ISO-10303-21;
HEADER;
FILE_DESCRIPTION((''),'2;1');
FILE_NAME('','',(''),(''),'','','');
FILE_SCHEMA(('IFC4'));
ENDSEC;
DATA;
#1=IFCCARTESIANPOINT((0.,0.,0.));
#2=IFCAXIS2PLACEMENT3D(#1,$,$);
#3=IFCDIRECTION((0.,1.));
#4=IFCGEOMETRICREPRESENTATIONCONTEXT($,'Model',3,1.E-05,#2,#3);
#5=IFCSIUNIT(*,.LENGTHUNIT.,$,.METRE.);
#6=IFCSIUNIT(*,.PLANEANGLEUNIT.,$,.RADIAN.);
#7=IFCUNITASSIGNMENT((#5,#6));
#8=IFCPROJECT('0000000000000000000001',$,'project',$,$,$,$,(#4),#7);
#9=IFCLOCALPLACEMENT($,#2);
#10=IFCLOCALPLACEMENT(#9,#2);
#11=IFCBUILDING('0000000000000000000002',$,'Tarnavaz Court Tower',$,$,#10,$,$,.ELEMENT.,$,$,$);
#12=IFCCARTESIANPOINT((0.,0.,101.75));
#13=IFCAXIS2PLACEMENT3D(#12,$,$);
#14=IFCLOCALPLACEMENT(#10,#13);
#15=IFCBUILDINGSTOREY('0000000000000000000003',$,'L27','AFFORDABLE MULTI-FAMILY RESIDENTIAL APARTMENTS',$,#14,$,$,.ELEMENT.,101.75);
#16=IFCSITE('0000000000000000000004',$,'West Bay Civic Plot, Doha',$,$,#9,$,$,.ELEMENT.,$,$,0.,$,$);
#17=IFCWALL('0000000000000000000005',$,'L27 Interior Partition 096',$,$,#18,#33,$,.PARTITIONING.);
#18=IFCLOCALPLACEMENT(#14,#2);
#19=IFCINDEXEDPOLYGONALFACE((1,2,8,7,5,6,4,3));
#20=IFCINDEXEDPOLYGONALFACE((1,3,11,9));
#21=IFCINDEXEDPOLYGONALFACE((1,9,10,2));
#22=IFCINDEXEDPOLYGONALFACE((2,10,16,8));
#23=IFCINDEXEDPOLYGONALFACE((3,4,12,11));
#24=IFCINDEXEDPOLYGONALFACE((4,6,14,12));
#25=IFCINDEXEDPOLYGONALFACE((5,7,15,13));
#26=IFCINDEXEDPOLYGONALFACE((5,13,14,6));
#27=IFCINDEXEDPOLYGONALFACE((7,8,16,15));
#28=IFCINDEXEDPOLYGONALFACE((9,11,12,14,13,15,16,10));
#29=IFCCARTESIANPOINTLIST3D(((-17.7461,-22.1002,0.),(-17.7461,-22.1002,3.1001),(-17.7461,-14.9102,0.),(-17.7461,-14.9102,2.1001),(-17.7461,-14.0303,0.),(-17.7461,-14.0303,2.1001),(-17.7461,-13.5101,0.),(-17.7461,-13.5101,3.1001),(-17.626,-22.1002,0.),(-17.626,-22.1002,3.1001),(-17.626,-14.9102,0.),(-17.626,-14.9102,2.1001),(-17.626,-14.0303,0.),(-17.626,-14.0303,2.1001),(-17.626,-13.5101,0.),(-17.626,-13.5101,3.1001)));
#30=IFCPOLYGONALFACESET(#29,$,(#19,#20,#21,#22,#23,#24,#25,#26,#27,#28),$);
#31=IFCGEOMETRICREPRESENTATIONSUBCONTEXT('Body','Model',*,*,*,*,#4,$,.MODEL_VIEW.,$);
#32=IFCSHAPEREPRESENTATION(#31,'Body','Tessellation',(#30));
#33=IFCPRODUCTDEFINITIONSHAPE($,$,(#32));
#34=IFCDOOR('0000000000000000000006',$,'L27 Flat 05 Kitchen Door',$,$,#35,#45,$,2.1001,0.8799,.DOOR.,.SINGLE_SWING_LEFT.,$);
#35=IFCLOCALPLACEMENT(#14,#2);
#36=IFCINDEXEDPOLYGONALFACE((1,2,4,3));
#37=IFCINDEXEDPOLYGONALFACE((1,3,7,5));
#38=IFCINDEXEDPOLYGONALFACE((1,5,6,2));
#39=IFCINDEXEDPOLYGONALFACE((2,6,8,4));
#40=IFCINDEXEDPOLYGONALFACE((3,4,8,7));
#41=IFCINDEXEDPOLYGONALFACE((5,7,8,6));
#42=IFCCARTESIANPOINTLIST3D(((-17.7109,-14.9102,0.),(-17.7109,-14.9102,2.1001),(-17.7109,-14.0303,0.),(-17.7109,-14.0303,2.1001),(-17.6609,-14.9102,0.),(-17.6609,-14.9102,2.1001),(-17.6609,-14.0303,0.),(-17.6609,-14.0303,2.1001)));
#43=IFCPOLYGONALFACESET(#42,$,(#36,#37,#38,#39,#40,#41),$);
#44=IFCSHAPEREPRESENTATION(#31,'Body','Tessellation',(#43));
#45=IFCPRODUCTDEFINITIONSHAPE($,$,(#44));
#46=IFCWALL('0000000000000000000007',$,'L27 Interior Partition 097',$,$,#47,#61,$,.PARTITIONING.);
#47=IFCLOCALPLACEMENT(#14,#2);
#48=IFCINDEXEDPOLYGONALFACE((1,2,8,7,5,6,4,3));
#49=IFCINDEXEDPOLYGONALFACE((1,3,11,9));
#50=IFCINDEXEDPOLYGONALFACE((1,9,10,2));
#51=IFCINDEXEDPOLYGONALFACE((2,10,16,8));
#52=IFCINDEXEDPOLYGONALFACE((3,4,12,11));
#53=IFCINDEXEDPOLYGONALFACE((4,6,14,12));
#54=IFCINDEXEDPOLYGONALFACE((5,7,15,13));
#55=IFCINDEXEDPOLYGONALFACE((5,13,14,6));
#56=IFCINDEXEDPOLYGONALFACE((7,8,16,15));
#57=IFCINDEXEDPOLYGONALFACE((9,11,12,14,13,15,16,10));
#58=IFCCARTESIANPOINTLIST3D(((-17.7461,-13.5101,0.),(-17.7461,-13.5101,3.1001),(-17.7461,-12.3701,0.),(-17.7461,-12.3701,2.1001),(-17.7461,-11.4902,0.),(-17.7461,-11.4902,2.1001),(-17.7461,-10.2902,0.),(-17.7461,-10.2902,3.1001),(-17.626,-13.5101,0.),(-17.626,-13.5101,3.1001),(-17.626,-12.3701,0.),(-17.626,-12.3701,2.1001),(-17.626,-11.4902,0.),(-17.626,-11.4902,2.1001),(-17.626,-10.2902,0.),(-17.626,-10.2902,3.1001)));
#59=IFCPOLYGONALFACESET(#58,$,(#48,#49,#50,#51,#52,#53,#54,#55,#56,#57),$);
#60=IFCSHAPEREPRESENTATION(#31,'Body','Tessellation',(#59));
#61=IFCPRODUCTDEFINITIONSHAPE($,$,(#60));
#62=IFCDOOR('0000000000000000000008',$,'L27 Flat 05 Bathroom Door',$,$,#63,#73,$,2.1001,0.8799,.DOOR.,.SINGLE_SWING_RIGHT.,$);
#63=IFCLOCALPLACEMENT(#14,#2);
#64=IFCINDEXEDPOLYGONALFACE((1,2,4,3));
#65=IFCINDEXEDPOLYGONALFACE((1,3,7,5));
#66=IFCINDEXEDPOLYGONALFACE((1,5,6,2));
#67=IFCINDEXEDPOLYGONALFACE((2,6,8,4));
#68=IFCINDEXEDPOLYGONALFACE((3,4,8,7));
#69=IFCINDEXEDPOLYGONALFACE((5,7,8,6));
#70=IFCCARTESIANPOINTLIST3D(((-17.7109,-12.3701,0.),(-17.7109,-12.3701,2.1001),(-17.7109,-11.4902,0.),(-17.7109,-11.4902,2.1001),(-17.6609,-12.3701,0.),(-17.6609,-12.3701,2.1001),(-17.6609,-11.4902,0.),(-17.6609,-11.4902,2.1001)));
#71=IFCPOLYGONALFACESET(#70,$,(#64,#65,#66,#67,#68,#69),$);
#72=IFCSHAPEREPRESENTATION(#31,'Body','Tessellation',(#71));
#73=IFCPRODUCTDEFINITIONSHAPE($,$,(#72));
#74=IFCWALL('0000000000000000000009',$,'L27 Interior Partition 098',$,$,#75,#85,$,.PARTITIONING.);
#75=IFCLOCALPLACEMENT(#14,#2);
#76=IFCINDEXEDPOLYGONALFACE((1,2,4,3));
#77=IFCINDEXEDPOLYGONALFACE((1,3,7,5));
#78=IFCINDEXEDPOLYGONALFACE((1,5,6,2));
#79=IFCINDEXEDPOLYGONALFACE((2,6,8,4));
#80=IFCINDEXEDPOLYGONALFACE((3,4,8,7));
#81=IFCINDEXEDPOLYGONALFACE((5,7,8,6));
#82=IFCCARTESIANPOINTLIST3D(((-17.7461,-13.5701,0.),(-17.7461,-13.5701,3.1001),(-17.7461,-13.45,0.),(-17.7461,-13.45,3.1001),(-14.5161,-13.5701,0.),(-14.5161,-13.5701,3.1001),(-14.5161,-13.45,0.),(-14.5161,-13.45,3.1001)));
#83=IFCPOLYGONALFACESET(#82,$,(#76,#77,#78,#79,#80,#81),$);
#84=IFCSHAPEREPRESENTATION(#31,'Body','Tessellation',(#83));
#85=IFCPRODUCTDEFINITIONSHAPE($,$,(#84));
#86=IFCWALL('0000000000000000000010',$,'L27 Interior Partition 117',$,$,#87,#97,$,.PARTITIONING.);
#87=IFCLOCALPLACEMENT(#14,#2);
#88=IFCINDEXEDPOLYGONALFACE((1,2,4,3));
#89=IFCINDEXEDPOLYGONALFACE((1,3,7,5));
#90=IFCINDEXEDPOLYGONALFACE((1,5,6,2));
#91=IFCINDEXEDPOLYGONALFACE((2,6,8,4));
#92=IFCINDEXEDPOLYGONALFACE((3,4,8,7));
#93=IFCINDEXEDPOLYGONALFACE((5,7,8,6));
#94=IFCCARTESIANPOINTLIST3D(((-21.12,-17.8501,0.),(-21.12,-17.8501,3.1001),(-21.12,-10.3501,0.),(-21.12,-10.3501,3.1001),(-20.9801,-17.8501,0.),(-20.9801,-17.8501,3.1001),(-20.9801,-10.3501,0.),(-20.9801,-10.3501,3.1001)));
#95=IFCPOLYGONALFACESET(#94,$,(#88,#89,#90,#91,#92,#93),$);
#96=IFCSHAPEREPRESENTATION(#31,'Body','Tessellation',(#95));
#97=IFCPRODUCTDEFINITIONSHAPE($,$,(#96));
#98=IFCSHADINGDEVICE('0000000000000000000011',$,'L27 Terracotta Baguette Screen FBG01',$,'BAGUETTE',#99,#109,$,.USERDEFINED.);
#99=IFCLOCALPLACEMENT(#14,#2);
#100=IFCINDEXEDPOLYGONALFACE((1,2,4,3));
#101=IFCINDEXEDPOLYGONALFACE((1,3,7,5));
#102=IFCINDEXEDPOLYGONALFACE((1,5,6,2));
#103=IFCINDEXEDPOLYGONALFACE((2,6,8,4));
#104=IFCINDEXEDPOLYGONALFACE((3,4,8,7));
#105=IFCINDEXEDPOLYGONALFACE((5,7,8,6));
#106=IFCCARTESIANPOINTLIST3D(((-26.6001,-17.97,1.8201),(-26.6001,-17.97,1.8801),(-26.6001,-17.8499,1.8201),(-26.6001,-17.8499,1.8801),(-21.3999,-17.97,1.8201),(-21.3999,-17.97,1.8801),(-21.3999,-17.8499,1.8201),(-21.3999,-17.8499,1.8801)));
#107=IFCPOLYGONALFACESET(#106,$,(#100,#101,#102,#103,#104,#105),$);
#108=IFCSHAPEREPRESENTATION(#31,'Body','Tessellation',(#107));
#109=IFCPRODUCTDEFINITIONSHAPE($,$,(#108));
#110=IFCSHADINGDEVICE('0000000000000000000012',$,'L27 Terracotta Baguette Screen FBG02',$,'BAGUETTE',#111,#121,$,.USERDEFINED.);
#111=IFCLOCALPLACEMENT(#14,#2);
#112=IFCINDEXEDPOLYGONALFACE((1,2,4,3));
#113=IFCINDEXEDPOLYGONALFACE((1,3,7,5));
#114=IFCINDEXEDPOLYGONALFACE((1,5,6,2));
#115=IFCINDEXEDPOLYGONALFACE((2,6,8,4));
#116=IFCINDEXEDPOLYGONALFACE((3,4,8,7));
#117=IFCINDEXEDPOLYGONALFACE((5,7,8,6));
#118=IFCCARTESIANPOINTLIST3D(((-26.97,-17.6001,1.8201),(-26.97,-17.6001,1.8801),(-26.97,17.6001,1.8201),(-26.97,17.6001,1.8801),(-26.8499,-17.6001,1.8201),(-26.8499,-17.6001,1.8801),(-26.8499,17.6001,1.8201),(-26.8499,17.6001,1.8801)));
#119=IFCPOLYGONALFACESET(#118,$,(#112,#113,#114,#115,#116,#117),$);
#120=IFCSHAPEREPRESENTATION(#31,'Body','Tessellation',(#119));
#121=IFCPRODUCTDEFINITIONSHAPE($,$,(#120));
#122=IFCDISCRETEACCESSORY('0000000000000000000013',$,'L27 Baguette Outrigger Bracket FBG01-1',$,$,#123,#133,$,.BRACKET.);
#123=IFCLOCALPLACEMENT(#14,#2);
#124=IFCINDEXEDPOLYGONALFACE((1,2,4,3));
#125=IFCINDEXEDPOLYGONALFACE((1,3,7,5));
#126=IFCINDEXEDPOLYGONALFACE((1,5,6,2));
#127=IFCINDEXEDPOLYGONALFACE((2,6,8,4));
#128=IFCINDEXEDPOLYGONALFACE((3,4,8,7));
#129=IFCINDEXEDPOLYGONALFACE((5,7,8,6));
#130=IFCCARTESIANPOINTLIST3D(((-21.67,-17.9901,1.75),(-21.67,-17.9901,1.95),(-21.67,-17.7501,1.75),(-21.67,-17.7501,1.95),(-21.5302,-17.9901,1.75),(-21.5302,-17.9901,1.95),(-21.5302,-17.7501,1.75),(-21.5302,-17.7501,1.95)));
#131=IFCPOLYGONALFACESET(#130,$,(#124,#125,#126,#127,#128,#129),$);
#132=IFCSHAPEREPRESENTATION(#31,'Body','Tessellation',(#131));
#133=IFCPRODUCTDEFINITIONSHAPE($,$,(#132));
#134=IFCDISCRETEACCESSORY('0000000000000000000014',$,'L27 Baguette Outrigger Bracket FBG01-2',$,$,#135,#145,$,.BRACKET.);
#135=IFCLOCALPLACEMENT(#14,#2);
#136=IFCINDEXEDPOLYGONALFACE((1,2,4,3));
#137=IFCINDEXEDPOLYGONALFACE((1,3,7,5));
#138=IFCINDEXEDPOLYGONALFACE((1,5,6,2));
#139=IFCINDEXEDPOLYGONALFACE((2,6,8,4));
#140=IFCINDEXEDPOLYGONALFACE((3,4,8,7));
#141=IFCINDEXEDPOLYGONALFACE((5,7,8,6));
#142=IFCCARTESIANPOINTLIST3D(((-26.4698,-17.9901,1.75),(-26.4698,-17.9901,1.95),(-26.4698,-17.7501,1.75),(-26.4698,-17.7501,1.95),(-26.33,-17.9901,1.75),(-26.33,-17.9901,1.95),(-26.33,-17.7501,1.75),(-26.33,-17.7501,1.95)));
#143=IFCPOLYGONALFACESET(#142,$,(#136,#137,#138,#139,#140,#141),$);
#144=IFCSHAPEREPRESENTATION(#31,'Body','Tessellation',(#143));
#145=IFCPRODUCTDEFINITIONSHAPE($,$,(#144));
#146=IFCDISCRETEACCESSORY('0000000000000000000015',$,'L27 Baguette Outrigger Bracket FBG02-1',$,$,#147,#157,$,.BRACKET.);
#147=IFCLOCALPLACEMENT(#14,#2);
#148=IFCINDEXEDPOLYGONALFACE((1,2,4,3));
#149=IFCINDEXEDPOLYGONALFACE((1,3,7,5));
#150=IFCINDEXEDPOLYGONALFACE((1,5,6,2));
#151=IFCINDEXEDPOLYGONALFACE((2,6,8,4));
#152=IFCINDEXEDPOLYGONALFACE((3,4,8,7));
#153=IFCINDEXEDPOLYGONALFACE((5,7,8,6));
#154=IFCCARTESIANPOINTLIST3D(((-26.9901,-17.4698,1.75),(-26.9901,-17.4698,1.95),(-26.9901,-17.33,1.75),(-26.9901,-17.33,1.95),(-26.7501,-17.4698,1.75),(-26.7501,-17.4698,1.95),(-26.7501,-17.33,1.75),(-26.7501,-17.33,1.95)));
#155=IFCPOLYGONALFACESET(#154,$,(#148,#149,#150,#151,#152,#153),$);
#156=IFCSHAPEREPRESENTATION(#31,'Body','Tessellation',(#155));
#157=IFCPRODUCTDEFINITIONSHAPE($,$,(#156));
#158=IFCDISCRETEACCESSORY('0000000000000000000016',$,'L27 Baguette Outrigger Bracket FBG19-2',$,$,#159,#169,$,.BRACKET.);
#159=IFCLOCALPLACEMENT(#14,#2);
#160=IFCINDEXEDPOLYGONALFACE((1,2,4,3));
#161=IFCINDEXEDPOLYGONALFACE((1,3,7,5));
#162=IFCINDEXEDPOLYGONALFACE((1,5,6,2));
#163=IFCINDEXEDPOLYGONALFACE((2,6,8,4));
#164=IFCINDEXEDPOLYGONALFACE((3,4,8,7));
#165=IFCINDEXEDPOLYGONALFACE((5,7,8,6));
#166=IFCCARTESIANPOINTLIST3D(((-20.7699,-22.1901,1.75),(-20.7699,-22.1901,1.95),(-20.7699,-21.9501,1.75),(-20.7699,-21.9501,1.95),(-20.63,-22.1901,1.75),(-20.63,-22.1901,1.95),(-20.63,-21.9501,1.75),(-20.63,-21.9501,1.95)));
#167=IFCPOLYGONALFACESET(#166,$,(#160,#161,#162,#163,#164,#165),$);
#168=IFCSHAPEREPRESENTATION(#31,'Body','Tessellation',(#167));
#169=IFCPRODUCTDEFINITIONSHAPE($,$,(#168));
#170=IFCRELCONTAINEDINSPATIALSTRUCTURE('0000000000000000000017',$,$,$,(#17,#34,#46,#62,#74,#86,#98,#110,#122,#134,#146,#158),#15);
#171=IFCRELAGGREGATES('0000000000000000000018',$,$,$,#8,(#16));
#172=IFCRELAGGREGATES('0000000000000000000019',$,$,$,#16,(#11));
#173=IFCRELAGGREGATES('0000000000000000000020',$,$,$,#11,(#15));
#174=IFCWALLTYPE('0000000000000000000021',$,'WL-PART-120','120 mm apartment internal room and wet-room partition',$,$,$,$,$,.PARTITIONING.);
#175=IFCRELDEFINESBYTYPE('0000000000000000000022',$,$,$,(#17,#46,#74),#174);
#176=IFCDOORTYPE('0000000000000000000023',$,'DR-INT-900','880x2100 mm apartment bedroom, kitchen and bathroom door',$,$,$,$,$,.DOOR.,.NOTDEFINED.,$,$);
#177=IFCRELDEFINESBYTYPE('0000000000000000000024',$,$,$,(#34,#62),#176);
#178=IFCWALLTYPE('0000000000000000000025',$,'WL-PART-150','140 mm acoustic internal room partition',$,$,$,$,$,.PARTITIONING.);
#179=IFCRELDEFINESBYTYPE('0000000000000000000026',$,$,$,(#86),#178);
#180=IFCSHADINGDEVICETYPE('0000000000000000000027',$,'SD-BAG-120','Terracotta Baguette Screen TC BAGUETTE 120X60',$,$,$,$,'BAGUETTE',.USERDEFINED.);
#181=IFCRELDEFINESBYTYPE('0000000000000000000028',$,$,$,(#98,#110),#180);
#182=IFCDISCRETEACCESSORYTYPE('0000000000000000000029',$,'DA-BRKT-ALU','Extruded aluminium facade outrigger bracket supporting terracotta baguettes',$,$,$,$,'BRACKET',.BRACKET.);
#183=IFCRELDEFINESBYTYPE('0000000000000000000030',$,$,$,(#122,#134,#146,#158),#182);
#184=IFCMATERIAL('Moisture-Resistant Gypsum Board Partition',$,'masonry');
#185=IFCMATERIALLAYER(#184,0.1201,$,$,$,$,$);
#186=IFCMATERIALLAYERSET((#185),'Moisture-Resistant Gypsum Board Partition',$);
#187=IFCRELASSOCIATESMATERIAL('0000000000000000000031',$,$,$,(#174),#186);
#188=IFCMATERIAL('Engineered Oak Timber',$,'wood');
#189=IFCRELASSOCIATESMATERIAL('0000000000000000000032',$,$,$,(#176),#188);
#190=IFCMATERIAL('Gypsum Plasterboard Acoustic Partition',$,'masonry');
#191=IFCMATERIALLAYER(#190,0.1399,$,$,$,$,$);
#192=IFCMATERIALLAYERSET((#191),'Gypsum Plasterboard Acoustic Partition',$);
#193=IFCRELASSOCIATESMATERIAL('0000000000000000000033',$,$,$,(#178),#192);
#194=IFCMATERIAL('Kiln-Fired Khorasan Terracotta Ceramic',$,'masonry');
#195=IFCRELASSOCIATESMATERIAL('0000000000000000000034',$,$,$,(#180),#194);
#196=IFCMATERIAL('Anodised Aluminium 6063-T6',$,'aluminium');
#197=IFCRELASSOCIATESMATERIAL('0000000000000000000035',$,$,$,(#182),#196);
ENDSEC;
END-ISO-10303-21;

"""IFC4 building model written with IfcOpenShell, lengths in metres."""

from ifc_helpers import new_model, si_unit, direction, frame, frame_2d, origin, origin_2d, place, context, subcontext, project, spatial, rectangle, extrude, material, layer, layer_set, material_profile, profile_set, type_object, element, fill, save


model = new_model("IFC4")

# Units and contexts
model_context = context("Model", 3, precision=1e-05, world=origin(), true_north=direction((0.0, 1.0)))
body_context = subcontext(model_context, "Body", "Model", "MODEL_VIEW")
ifc_project = project(units=[si_unit("LENGTHUNIT", "METRE"), si_unit("PLANEANGLEUNIT", "RADIAN")], contexts=[model_context])

# Site, building, storey
site_placement = place(None, origin())
site = spatial("IfcSite", under=ifc_project, at=site_placement, Name="West Bay Civic Plot, Doha", CompositionType="ELEMENT", RefElevation=0.0)
building_placement = place(site_placement, origin())
building = spatial("IfcBuilding", under=site, at=building_placement, Name="Tarnavaz Court Tower", CompositionType="ELEMENT")
storey_placement = place(building_placement, frame((0.0, 0.0, 101.75)))
storey = spatial("IfcBuildingStorey", under=building, at=storey_placement, Name="L27", Description="AFFORDABLE MULTI-FAMILY RESIDENTIAL APARTMENTS", CompositionType="ELEMENT", Elevation=101.75)

# Walls, openings, doors
ifc_material_1 = material(Name="Moisture-Resistant Gypsum Board Partition", Category="masonry")
ifc_layer_1 = layer(ifc_material_1, 0.1201)
ifc_layer_set_1 = layer_set([ifc_layer_1], Name="Moisture-Resistant Gypsum Board Partition")
wall_type_1 = type_object("IfcWallType", Name="WL-PART-120", Description="120 mm apartment internal room and wet-room partition", PredefinedType="PARTITIONING", material=ifc_layer_set_1)
wall_1_placement = place(storey_placement, frame((-17.686, -22.1001, 0.0), z_axis=(0.0, 0.0, 1.0), x_axis=(0.0, 1.0, 0.0)))
wall_1 = element("IfcWall", 1, at=wall_1_placement, inside=storey, type_object=wall_type_1, Name="L27 Interior Partition 096", PredefinedType="PARTITIONING", context=body_context, shape_type="SweptSolid", body=[
    extrude(rectangle(XDim=8.5901, YDim=0.1201, at=frame_2d((4.2949, 0.0))), origin(), (0.0, 0.0, 1.0), 3.1001),
])
opening_1_placement = place(wall_1_placement, frame((7.1899, 0.0, 0.0)))
opening_1 = element("IfcOpeningElement", 2, at=opening_1_placement, cuts=wall_1, PredefinedType="OPENING", context=body_context, shape_type="SweptSolid", body=[
    extrude(rectangle(XDim=0.8799, YDim=2.1001, at=frame_2d((0.4399, 1.05))), frame((0.0, 0.0701, 0.0), z_axis=(0.0, -1.0, 0.0), x_axis=(1.0, 0.0, 0.0)), (0.0, 0.0, 1.0), 0.1401),
])
ifc_material_2 = material(Name="Engineered Oak Timber", Category="wood")
door_type = type_object("IfcDoorType", Name="DR-INT-900", Description="880x2100 mm apartment bedroom, kitchen and bathroom door", OperationType="NOTDEFINED", PredefinedType="DOOR", material=ifc_material_2)
door_1_placement = place(opening_1_placement, origin())
door_1 = element("IfcDoor", 3, at=door_1_placement, inside=storey, type_object=door_type, Name="L27 Flat 05 Kitchen Door", OperationType="SINGLE_SWING_LEFT", OverallHeight=2.1001, OverallWidth=0.8799, PredefinedType="DOOR", context=body_context, shape_type="SweptSolid", body=[
    extrude(rectangle(XDim=0.8799, YDim=2.1001, at=frame_2d((0.4399, 1.05))), frame((0.0, 0.0249, 0.0), z_axis=(0.0, -1.0, 0.0), x_axis=(1.0, 0.0, 0.0)), (0.0, 0.0, 1.0), 0.05),
])
fill(opening_1, door_1)
wall_2_placement = place(storey_placement, frame((-17.686, -13.51, 0.0), z_axis=(0.0, 0.0, 1.0), x_axis=(0.0, 1.0, 0.0)))
wall_2 = element("IfcWall", 4, at=wall_2_placement, inside=storey, type_object=wall_type_1, Name="L27 Interior Partition 097", PredefinedType="PARTITIONING", context=body_context, shape_type="SweptSolid", body=[
    extrude(rectangle(XDim=3.22, YDim=0.1201, at=frame_2d((1.6099, 0.0))), origin(), (0.0, 0.0, 1.0), 3.1001),
])
opening_2_placement = place(wall_2_placement, frame((1.1399, 0.0, 0.0)))
opening_2 = element("IfcOpeningElement", 5, at=opening_2_placement, cuts=wall_2, PredefinedType="OPENING", context=body_context, shape_type="SweptSolid", body=[
    extrude(rectangle(XDim=0.8799, YDim=2.1001, at=frame_2d((0.4399, 1.05))), frame((0.0, 0.0701, 0.0), z_axis=(0.0, -1.0, 0.0), x_axis=(1.0, 0.0, 0.0)), (0.0, 0.0, 1.0), 0.1401),
])
door_2_placement = place(opening_2_placement, origin())
door_2 = element("IfcDoor", 6, at=door_2_placement, inside=storey, type_object=door_type, Name="L27 Flat 05 Bathroom Door", OperationType="SINGLE_SWING_RIGHT", OverallHeight=2.1001, OverallWidth=0.8799, PredefinedType="DOOR", context=body_context, shape_type="SweptSolid", body=[
    extrude(rectangle(XDim=0.8799, YDim=2.1001, at=frame_2d((0.4399, 1.05))), frame((0.0, 0.0249, 0.0), z_axis=(0.0, -1.0, 0.0), x_axis=(1.0, 0.0, 0.0)), (0.0, 0.0, 1.0), 0.05),
])
fill(opening_2, door_2)

# Walls
wall_3_placement = place(storey_placement, frame((-17.7461, -13.51, 0.0), z_axis=(0.0, 0.0, 1.0), x_axis=(1.0, 0.0, 0.0)))
element("IfcWall", 7, at=wall_3_placement, inside=storey, type_object=wall_type_1, Name="L27 Interior Partition 098", PredefinedType="PARTITIONING", context=body_context, shape_type="SweptSolid", body=[
    extrude(rectangle(XDim=3.23, YDim=0.1201, at=frame_2d((1.615, 0.0))), origin(), (0.0, 0.0, 1.0), 3.1001),
])
ifc_material_3 = material(Name="Gypsum Plasterboard Acoustic Partition", Category="masonry")
ifc_layer_2 = layer(ifc_material_3, 0.1399)
ifc_layer_set_2 = layer_set([ifc_layer_2], Name="Gypsum Plasterboard Acoustic Partition")
wall_type_2 = type_object("IfcWallType", Name="WL-PART-150", Description="140 mm acoustic internal room partition", PredefinedType="PARTITIONING", material=ifc_layer_set_2)
wall_4_placement = place(storey_placement, frame((-21.05, -17.8501, 0.0), z_axis=(0.0, 0.0, 1.0), x_axis=(0.0, 1.0, 0.0)))
element("IfcWall", 8, at=wall_4_placement, inside=storey, type_object=wall_type_2, Name="L27 Interior Partition 117", PredefinedType="PARTITIONING", context=body_context, shape_type="SweptSolid", body=[
    extrude(rectangle(XDim=7.5, YDim=0.1399, at=frame_2d((3.75, 0.0))), origin(), (0.0, 0.0, 1.0), 3.1001),
])

# Shading devices
ifc_material_4 = material(Name="Kiln-Fired Khorasan Terracotta Ceramic", Category="masonry")
ifc_material_profile_1 = material_profile(ifc_material_4, rectangle(XDim=0.1201, YDim=0.0601, at=origin_2d()), Name="TC BAGUETTE 120X60")
ifc_profile_set_1 = profile_set([ifc_material_profile_1], Name="Kiln-Fired Khorasan Terracotta Ceramic")
shading_device_type = type_object("IfcShadingDeviceType", Name="SD-BAG-120", Description="Terracotta Baguette Screen TC BAGUETTE 120X60", ElementType="BAGUETTE", PredefinedType="USERDEFINED", material=ifc_profile_set_1)
shading_device_1_placement = place(storey_placement, frame((-21.3999, -17.9099, 1.8501), z_axis=(-1.0, 0.0, 0.0), x_axis=(0.0, -1.0, 0.0)))
element("IfcShadingDevice", 9, at=shading_device_1_placement, inside=storey, type_object=shading_device_type, Name="L27 Terracotta Baguette Screen FBG01", ObjectType="BAGUETTE", PredefinedType="USERDEFINED", context=body_context, shape_type="SweptSolid", body=[
    extrude(rectangle(XDim=0.1201, YDim=0.0601, at=origin_2d()), origin(), (0.0, 0.0, 1.0), 5.2002),
])
shading_device_2_placement = place(storey_placement, frame((-26.9099, -17.6001, 1.8501), z_axis=(0.0, 1.0, 0.0), x_axis=(-1.0, 0.0, 0.0)))
element("IfcShadingDevice", 10, at=shading_device_2_placement, inside=storey, type_object=shading_device_type, Name="L27 Terracotta Baguette Screen FBG02", ObjectType="BAGUETTE", PredefinedType="USERDEFINED", context=body_context, shape_type="SweptSolid", body=[
    extrude(rectangle(XDim=0.1201, YDim=0.0601, at=origin_2d()), origin(), (0.0, 0.0, 1.0), 35.2002),
])

# Discrete accessories
ifc_material_5 = material(Name="Anodised Aluminium 6063-T6", Category="aluminium")
discrete_accessory_type = type_object("IfcDiscreteAccessoryType", Name="DA-BRKT-ALU", Description="Extruded aluminium facade outrigger bracket supporting terracotta baguettes", ElementType="BRACKET", PredefinedType="BRACKET", material=ifc_material_5)
for number, where, z_axis, x_axis, name in (
    (11, (-21.6001, -17.8701, 1.75), (0.0, 0.0, 1.0), (-1.0, 0.0, 0.0), "L27 Baguette Outrigger Bracket FBG01-1"),
    (12, (-26.3999, -17.8701, 1.75), (0.0, 0.0, 1.0), (-1.0, 0.0, 0.0), "L27 Baguette Outrigger Bracket FBG01-2"),
    (13, (-26.8701, -17.3999, 1.75), (0.0, 0.0, 1.0), (0.0, 1.0, 0.0), "L27 Baguette Outrigger Bracket FBG02-1"),
    (14, (-20.7, -22.0701, 1.75), (0.0, 0.0, 1.0), (-1.0, 0.0, 0.0), "L27 Baguette Outrigger Bracket FBG19-2"),
):
    element("IfcDiscreteAccessory", number, at=place(storey_placement, frame(where, z_axis=z_axis, x_axis=x_axis)), inside=storey, type_object=discrete_accessory_type, Name=name, PredefinedType="BRACKET", context=body_context, shape_type="SweptSolid", body=[
        extrude(rectangle(XDim=0.1399, YDim=0.24, at=origin_2d()), origin(), (0.0, 0.0, 1.0), 0.2),
    ])

save(model, "model.ifc")
